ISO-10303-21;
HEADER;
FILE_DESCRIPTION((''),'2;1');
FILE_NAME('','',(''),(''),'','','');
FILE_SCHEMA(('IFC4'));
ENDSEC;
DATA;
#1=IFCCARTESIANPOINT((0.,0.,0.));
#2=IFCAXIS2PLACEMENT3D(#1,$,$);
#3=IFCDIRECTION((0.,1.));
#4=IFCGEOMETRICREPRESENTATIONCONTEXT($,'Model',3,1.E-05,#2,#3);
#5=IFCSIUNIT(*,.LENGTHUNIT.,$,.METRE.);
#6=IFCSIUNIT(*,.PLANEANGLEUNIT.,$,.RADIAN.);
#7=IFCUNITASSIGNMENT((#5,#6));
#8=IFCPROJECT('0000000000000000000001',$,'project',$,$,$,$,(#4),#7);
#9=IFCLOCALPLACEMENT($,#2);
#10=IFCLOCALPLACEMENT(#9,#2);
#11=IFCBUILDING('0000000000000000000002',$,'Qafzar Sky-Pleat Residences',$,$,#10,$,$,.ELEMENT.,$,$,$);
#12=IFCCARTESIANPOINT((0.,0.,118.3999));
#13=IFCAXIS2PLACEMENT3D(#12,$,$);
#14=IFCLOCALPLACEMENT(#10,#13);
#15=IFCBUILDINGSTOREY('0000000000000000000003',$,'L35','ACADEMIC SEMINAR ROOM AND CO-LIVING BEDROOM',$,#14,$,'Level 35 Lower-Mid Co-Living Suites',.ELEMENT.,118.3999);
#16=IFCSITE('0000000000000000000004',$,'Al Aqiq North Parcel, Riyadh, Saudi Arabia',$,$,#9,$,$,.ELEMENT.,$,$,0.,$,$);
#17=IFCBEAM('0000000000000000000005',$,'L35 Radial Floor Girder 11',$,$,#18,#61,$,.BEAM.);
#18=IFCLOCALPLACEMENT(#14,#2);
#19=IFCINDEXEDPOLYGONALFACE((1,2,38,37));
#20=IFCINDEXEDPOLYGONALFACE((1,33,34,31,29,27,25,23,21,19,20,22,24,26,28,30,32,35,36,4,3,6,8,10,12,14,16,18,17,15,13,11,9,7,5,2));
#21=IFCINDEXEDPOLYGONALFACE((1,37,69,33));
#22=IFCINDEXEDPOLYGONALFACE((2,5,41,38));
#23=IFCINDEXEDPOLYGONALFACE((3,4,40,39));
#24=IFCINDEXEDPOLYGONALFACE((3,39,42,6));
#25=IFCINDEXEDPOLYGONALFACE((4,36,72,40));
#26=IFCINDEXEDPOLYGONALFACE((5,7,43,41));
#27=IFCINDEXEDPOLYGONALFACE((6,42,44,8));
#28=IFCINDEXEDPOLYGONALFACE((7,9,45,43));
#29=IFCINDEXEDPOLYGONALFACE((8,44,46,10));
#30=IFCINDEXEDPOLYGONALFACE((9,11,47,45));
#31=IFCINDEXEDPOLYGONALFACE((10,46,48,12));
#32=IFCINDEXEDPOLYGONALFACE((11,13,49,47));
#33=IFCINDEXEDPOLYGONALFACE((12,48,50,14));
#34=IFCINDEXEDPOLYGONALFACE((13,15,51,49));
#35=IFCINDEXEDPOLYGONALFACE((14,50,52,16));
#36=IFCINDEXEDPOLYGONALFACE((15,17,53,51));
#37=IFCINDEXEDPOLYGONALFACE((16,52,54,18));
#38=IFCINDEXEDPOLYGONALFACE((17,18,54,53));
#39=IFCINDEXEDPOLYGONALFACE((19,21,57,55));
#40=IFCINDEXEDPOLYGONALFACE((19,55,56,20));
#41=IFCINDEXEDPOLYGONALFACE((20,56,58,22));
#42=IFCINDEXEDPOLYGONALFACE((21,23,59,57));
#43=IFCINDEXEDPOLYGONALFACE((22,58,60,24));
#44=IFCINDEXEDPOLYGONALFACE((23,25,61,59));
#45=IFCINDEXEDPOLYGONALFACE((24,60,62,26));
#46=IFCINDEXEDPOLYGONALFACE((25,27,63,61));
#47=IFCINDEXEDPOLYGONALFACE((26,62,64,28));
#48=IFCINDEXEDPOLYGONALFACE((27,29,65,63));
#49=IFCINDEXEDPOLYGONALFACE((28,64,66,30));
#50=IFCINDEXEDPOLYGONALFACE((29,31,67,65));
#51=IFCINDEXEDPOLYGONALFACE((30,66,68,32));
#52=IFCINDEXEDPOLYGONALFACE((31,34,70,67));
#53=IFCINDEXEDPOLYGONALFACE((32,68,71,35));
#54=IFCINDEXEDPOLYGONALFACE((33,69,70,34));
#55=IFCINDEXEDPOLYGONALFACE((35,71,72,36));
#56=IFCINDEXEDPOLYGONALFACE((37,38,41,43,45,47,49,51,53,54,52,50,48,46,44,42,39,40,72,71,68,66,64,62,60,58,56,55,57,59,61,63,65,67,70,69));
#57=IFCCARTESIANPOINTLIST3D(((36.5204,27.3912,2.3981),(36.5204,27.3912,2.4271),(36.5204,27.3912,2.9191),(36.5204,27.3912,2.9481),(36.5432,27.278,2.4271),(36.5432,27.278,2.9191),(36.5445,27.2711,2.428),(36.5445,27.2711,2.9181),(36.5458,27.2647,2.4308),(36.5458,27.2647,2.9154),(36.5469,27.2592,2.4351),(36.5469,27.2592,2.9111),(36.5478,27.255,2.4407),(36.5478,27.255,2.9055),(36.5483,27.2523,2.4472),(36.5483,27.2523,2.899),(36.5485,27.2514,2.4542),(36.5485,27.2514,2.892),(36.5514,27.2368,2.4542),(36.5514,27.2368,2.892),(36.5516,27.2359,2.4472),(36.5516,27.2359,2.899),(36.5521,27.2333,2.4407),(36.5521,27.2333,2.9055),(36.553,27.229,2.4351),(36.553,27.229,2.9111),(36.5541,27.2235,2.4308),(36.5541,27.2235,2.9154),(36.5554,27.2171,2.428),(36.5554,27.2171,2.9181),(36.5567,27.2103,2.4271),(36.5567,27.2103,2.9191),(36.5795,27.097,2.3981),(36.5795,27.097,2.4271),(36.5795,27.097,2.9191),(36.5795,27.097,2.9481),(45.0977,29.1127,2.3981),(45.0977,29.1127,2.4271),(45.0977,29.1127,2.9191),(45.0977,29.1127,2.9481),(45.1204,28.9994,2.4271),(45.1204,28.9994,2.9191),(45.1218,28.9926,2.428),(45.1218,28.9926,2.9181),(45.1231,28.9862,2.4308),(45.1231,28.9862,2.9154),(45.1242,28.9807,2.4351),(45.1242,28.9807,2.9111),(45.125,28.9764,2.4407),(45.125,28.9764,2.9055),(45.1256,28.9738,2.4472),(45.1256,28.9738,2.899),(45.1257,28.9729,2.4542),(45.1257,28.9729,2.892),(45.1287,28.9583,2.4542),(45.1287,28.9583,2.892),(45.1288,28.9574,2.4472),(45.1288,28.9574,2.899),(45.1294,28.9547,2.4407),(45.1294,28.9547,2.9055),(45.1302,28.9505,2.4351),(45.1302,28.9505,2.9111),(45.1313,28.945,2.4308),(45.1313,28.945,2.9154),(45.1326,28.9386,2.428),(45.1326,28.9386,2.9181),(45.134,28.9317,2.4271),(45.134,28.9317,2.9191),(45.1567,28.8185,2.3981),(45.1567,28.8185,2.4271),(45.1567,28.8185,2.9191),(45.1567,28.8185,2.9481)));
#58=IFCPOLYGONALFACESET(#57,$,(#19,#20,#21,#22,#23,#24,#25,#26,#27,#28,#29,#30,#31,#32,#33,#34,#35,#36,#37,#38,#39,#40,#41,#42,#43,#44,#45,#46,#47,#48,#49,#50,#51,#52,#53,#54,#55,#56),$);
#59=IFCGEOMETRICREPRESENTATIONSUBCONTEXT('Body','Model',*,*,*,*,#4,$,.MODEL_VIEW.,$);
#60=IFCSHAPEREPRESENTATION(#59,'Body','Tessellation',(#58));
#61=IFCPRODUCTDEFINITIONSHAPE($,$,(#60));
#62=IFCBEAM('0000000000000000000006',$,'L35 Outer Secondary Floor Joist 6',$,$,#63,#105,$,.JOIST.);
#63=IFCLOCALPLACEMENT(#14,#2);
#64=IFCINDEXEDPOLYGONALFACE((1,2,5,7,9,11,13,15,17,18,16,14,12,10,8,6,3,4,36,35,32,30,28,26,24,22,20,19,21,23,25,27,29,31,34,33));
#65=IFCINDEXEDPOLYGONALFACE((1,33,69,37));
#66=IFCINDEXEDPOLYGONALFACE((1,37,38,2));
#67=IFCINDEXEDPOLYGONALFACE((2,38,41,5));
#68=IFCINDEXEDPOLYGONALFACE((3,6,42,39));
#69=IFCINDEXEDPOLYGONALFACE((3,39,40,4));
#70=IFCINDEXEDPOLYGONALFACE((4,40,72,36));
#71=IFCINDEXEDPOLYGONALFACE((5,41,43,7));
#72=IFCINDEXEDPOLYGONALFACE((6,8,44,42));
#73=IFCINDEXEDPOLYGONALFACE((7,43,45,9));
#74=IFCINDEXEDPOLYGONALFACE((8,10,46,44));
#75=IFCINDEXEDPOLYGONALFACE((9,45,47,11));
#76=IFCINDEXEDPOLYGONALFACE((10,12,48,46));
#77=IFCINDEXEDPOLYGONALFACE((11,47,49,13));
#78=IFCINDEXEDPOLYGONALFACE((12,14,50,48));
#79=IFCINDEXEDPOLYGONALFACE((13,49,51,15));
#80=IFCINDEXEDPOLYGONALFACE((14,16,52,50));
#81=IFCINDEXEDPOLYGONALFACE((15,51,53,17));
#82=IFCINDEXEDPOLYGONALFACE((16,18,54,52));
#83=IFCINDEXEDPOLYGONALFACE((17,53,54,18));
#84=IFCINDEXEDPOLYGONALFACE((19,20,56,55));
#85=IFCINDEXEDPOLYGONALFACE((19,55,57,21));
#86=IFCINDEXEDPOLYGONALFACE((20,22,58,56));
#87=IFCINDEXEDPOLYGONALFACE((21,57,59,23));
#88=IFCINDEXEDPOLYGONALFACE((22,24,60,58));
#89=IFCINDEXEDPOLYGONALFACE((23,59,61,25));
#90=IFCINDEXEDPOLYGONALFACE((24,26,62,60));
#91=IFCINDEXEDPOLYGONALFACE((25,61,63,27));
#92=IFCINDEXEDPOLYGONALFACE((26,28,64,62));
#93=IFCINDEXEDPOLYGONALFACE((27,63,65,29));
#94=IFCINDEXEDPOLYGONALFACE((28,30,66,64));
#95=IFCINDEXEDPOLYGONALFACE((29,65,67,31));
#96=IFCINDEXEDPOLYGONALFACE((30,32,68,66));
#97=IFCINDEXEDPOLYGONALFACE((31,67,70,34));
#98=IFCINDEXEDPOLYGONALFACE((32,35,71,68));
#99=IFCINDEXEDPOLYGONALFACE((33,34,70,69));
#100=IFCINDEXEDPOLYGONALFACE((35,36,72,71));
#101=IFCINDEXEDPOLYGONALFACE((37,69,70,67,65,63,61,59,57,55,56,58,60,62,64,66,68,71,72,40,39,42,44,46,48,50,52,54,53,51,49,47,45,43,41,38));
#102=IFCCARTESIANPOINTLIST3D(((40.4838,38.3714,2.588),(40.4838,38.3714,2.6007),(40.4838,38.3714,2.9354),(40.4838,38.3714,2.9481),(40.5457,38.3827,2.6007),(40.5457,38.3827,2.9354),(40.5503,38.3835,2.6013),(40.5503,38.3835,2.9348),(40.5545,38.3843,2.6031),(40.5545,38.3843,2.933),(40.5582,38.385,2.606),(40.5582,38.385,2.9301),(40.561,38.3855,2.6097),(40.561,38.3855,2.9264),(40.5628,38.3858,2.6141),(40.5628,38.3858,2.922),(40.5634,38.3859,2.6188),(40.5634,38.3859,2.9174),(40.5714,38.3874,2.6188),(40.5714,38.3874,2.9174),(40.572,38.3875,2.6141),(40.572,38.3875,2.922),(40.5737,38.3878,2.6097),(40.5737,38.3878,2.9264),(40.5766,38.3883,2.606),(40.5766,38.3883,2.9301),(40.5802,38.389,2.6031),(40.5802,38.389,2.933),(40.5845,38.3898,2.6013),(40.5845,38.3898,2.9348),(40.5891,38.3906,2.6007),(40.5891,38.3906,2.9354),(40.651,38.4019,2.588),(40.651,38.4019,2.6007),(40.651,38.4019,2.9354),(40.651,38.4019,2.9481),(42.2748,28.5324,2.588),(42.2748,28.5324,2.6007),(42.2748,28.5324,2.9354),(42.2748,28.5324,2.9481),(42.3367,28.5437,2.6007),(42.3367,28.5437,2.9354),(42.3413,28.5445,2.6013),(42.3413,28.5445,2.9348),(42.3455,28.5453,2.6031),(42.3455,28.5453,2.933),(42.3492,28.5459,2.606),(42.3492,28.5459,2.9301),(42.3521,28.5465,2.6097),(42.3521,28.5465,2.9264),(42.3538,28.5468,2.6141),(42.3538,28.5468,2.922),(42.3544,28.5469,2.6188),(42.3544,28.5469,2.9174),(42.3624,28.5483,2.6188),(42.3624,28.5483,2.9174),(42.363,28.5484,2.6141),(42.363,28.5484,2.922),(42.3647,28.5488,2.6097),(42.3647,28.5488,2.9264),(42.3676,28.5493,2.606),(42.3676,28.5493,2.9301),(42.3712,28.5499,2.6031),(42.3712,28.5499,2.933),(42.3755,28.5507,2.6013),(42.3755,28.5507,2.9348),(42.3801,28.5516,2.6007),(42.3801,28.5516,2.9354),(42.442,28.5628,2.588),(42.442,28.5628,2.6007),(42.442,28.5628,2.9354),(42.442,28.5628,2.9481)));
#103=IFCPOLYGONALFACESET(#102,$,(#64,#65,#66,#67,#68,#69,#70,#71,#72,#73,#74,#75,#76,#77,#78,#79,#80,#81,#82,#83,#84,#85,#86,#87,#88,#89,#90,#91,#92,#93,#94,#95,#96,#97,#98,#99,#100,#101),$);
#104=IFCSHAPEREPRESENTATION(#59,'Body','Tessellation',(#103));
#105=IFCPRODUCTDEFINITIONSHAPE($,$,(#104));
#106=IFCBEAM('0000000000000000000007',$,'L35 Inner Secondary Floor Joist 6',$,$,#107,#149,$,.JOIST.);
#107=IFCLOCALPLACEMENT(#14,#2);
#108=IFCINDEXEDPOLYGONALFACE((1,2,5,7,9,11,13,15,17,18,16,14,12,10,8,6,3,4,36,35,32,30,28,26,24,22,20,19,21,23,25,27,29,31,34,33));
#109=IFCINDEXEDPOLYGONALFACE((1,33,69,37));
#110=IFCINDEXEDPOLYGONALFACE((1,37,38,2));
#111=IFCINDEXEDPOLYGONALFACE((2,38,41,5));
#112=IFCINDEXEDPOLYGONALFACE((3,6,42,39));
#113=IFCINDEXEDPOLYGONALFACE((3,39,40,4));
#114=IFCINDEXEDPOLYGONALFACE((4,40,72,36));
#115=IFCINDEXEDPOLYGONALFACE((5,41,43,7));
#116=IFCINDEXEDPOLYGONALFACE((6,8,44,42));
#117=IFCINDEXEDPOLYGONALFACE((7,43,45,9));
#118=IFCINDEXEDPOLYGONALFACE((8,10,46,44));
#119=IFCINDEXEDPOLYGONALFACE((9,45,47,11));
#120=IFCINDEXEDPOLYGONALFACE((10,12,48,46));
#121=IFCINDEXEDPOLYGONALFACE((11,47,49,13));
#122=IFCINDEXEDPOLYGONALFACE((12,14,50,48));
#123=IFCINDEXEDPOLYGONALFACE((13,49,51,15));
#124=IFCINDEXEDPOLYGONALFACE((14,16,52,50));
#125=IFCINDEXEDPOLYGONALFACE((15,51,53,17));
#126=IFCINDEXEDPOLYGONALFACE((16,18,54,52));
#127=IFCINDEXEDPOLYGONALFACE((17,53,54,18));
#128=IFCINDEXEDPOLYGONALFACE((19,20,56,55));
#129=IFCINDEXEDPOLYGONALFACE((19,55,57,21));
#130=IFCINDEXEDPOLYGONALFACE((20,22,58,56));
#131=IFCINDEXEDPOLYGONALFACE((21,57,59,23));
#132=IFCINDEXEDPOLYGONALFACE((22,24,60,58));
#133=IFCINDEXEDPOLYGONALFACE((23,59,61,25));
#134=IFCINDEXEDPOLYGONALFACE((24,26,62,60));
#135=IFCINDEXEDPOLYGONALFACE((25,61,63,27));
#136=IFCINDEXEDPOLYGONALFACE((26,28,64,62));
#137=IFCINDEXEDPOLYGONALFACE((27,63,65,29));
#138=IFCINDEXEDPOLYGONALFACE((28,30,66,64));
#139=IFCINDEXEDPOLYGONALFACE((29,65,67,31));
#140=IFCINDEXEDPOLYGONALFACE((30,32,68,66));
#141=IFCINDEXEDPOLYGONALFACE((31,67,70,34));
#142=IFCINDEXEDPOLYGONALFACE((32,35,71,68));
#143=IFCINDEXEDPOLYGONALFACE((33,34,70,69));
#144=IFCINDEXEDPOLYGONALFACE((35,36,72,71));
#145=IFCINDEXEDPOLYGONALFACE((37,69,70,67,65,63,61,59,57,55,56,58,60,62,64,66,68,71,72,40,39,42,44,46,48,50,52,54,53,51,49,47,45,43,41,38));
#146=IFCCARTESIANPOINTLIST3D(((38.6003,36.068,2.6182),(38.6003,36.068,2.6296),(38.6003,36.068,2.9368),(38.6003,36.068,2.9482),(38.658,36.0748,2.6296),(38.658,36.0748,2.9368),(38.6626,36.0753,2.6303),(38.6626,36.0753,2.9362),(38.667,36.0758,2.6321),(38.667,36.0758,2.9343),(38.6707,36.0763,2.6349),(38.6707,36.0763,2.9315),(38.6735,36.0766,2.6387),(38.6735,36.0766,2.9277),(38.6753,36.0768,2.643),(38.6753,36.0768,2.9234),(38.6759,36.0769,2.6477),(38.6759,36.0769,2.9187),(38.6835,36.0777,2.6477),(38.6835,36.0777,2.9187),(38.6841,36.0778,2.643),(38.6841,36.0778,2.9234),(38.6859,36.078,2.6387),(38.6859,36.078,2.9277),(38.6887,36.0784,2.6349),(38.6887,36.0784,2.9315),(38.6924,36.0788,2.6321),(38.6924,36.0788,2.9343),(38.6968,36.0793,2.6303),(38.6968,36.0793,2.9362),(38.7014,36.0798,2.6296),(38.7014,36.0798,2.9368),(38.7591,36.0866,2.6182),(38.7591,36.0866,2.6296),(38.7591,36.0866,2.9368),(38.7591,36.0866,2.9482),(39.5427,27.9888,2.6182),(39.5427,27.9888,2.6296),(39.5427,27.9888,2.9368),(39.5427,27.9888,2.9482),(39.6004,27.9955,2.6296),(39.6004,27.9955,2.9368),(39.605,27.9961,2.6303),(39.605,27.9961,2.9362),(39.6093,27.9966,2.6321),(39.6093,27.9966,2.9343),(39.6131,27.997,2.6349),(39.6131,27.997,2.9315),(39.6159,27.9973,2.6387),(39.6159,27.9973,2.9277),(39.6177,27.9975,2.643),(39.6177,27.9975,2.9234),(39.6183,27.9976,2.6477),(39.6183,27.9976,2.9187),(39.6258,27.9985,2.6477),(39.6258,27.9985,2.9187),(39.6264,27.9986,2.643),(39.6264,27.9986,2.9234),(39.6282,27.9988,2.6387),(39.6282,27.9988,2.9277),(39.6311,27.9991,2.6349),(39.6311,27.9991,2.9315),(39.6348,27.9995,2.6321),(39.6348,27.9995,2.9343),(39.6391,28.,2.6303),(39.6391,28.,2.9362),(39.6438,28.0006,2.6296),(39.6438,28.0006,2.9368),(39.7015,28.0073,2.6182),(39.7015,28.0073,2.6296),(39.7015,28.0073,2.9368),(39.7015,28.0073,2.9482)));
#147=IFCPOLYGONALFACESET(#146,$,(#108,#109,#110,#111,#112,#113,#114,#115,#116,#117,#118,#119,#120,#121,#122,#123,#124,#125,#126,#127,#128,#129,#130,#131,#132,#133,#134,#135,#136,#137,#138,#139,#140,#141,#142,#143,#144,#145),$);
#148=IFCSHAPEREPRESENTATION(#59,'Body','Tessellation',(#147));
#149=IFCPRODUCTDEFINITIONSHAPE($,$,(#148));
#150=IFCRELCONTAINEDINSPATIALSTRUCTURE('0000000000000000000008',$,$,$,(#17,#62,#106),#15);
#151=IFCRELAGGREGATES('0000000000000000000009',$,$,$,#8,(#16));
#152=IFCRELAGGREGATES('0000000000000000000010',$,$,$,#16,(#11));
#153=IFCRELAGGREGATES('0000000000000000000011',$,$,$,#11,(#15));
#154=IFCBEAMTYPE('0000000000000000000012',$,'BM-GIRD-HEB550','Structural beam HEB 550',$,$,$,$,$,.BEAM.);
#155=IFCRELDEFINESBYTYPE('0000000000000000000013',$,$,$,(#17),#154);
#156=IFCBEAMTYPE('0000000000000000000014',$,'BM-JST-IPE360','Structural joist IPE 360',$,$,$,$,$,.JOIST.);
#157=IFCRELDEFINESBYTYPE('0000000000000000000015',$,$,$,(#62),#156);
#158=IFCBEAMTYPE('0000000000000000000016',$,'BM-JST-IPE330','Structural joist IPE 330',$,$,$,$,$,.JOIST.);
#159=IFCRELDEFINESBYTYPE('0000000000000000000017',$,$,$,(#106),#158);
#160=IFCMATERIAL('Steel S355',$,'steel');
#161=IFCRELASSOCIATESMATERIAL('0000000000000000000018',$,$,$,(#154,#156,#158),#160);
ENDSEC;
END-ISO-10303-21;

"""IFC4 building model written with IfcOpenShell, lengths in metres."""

from ifc_helpers import new_model, si_unit, direction, frame, origin, origin_2d, place, context, subcontext, project, spatial, i_section, extrude, source, transform, mapped, material, material_profile, profile_set, type_object, element, save


model = new_model("IFC4")

# Units and contexts
model_context = context("Model", 3, precision=1e-05, world=origin(), true_north=direction((0.0, 1.0)))
body_context = subcontext(model_context, "Body", "Model", "MODEL_VIEW")
ifc_project = project(units=[si_unit("LENGTHUNIT", "METRE"), si_unit("PLANEANGLEUNIT", "RADIAN")], contexts=[model_context])

# Site, building, storey
site_placement = place(None, origin())
site = spatial("IfcSite", under=ifc_project, at=site_placement, Name="Al Aqiq North Parcel, Riyadh, Saudi Arabia", CompositionType="ELEMENT", RefElevation=0.0)
building_placement = place(site_placement, origin())
building = spatial("IfcBuilding", under=site, at=building_placement, Name="Qafzar Sky-Pleat Residences", CompositionType="ELEMENT")
storey_placement = place(building_placement, frame((0.0, 0.0, 118.3999)))
storey = spatial("IfcBuildingStorey", under=building, at=storey_placement, Name="L35", Description="ACADEMIC SEMINAR ROOM AND CO-LIVING BEDROOM", LongName="Level 35 Lower-Mid Co-Living Suites", CompositionType="ELEMENT", Elevation=118.3999)

# Beams
ifc_material_1 = material(Name="Steel S355", Category="steel")
ifc_material_profile_1 = material_profile(ifc_material_1, i_section(OverallWidth=0.3, OverallDepth=0.55, WebThickness=0.0149, FlangeThickness=0.0291, FilletRadius=0.0271, at=origin_2d()), Name="HEB 550")
ifc_profile_set_1 = profile_set([ifc_material_profile_1], Name="Steel S355")
beam_type_1 = type_object("IfcBeamType", Name="BM-GIRD-HEB550", Description="Structural beam HEB 550", PredefinedType="BEAM", material=ifc_profile_set_1)
shared_shape_1 = source(origin(), body_context, "Body", "SweptSolid", [
    extrude(i_section(OverallWidth=0.3, OverallDepth=0.55, WebThickness=0.0149, FlangeThickness=0.0291, FilletRadius=0.0271, at=origin_2d()), origin(), (0.0, 0.0, 1.0), 8.7483),
])
beam_1_placement = place(storey_placement, frame((45.1272, 28.9656, 2.6731), z_axis=(-0.980448, -0.196776, 0.0), x_axis=(0.196776, -0.980448, 0.0)))
element("IfcBeam", 1, at=beam_1_placement, inside=storey, type_object=beam_type_1, Name="L35 Radial Floor Girder 11", PredefinedType="BEAM", context=body_context, shape_type="MappedRepresentation", body=[
    mapped(shared_shape_1, transform((0.0, 0.0, 0.0), x_axis=(1.0, 0.0, 0.0), y_axis=(0.0, 1.0, 0.0), z_axis=(0.0, 0.0, 1.0), scale=1.0)),
])
ifc_material_profile_2 = material_profile(ifc_material_1, i_section(OverallWidth=0.1699, OverallDepth=0.3601, WebThickness=0.0081, FlangeThickness=0.0127, FilletRadius=0.0181, at=origin_2d()), Name="IPE 360")
ifc_profile_set_2 = profile_set([ifc_material_profile_2], Name="Steel S355")
beam_type_2 = type_object("IfcBeamType", Name="BM-JST-IPE360", Description="Structural joist IPE 360", PredefinedType="JOIST", material=ifc_profile_set_2)
shared_shape_2 = source(origin(), body_context, "Body", "SweptSolid", [
    extrude(i_section(OverallWidth=0.1699, OverallDepth=0.3601, WebThickness=0.0081, FlangeThickness=0.0127, FilletRadius=0.0181, at=origin_2d()), origin(), (0.0, 0.0, 1.0), 10.0007),
])
beam_2_placement = place(storey_placement, frame((42.3584, 28.5476, 2.7681), z_axis=(-0.179087, 0.983833, 0.0), x_axis=(-0.983833, -0.179087, 0.0)))
element("IfcBeam", 2, at=beam_2_placement, inside=storey, type_object=beam_type_2, Name="L35 Outer Secondary Floor Joist 6", PredefinedType="JOIST", context=body_context, shape_type="MappedRepresentation", body=[
    mapped(shared_shape_2, transform((0.0, 0.0, 0.0), x_axis=(1.0, 0.0, 0.0), y_axis=(0.0, 1.0, 0.0), z_axis=(0.0, 0.0, 1.0), scale=1.0)),
])
ifc_material_profile_3 = material_profile(ifc_material_1, i_section(OverallWidth=0.1599, OverallDepth=0.3301, WebThickness=0.0076, FlangeThickness=0.0115, FilletRadius=0.0181, at=origin_2d()), Name="IPE 330")
ifc_profile_set_3 = profile_set([ifc_material_profile_3], Name="Steel S355")
beam_type_3 = type_object("IfcBeamType", Name="BM-JST-IPE330", Description="Structural joist IPE 330", PredefinedType="JOIST", material=ifc_profile_set_3)
shared_shape_3 = source(origin(), body_context, "Body", "SweptSolid", [
    extrude(i_section(OverallWidth=0.1599, OverallDepth=0.3301, WebThickness=0.0076, FlangeThickness=0.0115, FilletRadius=0.0181, at=origin_2d()), origin(), (0.0, 0.0, 1.0), 8.134),
])
beam_3_placement = place(storey_placement, frame((39.6221, 27.998, 2.7832), z_axis=(-0.115856, 0.993266, 0.0), x_axis=(-0.993266, -0.115856, 0.0)))
element("IfcBeam", 3, at=beam_3_placement, inside=storey, type_object=beam_type_3, Name="L35 Inner Secondary Floor Joist 6", PredefinedType="JOIST", context=body_context, shape_type="MappedRepresentation", body=[
    mapped(shared_shape_3, transform((0.0, 0.0, 0.0), x_axis=(1.0, 0.0, 0.0), y_axis=(0.0, 1.0, 0.0), z_axis=(0.0, 0.0, 1.0), scale=1.0)),
])

save(model, "model.ifc")
